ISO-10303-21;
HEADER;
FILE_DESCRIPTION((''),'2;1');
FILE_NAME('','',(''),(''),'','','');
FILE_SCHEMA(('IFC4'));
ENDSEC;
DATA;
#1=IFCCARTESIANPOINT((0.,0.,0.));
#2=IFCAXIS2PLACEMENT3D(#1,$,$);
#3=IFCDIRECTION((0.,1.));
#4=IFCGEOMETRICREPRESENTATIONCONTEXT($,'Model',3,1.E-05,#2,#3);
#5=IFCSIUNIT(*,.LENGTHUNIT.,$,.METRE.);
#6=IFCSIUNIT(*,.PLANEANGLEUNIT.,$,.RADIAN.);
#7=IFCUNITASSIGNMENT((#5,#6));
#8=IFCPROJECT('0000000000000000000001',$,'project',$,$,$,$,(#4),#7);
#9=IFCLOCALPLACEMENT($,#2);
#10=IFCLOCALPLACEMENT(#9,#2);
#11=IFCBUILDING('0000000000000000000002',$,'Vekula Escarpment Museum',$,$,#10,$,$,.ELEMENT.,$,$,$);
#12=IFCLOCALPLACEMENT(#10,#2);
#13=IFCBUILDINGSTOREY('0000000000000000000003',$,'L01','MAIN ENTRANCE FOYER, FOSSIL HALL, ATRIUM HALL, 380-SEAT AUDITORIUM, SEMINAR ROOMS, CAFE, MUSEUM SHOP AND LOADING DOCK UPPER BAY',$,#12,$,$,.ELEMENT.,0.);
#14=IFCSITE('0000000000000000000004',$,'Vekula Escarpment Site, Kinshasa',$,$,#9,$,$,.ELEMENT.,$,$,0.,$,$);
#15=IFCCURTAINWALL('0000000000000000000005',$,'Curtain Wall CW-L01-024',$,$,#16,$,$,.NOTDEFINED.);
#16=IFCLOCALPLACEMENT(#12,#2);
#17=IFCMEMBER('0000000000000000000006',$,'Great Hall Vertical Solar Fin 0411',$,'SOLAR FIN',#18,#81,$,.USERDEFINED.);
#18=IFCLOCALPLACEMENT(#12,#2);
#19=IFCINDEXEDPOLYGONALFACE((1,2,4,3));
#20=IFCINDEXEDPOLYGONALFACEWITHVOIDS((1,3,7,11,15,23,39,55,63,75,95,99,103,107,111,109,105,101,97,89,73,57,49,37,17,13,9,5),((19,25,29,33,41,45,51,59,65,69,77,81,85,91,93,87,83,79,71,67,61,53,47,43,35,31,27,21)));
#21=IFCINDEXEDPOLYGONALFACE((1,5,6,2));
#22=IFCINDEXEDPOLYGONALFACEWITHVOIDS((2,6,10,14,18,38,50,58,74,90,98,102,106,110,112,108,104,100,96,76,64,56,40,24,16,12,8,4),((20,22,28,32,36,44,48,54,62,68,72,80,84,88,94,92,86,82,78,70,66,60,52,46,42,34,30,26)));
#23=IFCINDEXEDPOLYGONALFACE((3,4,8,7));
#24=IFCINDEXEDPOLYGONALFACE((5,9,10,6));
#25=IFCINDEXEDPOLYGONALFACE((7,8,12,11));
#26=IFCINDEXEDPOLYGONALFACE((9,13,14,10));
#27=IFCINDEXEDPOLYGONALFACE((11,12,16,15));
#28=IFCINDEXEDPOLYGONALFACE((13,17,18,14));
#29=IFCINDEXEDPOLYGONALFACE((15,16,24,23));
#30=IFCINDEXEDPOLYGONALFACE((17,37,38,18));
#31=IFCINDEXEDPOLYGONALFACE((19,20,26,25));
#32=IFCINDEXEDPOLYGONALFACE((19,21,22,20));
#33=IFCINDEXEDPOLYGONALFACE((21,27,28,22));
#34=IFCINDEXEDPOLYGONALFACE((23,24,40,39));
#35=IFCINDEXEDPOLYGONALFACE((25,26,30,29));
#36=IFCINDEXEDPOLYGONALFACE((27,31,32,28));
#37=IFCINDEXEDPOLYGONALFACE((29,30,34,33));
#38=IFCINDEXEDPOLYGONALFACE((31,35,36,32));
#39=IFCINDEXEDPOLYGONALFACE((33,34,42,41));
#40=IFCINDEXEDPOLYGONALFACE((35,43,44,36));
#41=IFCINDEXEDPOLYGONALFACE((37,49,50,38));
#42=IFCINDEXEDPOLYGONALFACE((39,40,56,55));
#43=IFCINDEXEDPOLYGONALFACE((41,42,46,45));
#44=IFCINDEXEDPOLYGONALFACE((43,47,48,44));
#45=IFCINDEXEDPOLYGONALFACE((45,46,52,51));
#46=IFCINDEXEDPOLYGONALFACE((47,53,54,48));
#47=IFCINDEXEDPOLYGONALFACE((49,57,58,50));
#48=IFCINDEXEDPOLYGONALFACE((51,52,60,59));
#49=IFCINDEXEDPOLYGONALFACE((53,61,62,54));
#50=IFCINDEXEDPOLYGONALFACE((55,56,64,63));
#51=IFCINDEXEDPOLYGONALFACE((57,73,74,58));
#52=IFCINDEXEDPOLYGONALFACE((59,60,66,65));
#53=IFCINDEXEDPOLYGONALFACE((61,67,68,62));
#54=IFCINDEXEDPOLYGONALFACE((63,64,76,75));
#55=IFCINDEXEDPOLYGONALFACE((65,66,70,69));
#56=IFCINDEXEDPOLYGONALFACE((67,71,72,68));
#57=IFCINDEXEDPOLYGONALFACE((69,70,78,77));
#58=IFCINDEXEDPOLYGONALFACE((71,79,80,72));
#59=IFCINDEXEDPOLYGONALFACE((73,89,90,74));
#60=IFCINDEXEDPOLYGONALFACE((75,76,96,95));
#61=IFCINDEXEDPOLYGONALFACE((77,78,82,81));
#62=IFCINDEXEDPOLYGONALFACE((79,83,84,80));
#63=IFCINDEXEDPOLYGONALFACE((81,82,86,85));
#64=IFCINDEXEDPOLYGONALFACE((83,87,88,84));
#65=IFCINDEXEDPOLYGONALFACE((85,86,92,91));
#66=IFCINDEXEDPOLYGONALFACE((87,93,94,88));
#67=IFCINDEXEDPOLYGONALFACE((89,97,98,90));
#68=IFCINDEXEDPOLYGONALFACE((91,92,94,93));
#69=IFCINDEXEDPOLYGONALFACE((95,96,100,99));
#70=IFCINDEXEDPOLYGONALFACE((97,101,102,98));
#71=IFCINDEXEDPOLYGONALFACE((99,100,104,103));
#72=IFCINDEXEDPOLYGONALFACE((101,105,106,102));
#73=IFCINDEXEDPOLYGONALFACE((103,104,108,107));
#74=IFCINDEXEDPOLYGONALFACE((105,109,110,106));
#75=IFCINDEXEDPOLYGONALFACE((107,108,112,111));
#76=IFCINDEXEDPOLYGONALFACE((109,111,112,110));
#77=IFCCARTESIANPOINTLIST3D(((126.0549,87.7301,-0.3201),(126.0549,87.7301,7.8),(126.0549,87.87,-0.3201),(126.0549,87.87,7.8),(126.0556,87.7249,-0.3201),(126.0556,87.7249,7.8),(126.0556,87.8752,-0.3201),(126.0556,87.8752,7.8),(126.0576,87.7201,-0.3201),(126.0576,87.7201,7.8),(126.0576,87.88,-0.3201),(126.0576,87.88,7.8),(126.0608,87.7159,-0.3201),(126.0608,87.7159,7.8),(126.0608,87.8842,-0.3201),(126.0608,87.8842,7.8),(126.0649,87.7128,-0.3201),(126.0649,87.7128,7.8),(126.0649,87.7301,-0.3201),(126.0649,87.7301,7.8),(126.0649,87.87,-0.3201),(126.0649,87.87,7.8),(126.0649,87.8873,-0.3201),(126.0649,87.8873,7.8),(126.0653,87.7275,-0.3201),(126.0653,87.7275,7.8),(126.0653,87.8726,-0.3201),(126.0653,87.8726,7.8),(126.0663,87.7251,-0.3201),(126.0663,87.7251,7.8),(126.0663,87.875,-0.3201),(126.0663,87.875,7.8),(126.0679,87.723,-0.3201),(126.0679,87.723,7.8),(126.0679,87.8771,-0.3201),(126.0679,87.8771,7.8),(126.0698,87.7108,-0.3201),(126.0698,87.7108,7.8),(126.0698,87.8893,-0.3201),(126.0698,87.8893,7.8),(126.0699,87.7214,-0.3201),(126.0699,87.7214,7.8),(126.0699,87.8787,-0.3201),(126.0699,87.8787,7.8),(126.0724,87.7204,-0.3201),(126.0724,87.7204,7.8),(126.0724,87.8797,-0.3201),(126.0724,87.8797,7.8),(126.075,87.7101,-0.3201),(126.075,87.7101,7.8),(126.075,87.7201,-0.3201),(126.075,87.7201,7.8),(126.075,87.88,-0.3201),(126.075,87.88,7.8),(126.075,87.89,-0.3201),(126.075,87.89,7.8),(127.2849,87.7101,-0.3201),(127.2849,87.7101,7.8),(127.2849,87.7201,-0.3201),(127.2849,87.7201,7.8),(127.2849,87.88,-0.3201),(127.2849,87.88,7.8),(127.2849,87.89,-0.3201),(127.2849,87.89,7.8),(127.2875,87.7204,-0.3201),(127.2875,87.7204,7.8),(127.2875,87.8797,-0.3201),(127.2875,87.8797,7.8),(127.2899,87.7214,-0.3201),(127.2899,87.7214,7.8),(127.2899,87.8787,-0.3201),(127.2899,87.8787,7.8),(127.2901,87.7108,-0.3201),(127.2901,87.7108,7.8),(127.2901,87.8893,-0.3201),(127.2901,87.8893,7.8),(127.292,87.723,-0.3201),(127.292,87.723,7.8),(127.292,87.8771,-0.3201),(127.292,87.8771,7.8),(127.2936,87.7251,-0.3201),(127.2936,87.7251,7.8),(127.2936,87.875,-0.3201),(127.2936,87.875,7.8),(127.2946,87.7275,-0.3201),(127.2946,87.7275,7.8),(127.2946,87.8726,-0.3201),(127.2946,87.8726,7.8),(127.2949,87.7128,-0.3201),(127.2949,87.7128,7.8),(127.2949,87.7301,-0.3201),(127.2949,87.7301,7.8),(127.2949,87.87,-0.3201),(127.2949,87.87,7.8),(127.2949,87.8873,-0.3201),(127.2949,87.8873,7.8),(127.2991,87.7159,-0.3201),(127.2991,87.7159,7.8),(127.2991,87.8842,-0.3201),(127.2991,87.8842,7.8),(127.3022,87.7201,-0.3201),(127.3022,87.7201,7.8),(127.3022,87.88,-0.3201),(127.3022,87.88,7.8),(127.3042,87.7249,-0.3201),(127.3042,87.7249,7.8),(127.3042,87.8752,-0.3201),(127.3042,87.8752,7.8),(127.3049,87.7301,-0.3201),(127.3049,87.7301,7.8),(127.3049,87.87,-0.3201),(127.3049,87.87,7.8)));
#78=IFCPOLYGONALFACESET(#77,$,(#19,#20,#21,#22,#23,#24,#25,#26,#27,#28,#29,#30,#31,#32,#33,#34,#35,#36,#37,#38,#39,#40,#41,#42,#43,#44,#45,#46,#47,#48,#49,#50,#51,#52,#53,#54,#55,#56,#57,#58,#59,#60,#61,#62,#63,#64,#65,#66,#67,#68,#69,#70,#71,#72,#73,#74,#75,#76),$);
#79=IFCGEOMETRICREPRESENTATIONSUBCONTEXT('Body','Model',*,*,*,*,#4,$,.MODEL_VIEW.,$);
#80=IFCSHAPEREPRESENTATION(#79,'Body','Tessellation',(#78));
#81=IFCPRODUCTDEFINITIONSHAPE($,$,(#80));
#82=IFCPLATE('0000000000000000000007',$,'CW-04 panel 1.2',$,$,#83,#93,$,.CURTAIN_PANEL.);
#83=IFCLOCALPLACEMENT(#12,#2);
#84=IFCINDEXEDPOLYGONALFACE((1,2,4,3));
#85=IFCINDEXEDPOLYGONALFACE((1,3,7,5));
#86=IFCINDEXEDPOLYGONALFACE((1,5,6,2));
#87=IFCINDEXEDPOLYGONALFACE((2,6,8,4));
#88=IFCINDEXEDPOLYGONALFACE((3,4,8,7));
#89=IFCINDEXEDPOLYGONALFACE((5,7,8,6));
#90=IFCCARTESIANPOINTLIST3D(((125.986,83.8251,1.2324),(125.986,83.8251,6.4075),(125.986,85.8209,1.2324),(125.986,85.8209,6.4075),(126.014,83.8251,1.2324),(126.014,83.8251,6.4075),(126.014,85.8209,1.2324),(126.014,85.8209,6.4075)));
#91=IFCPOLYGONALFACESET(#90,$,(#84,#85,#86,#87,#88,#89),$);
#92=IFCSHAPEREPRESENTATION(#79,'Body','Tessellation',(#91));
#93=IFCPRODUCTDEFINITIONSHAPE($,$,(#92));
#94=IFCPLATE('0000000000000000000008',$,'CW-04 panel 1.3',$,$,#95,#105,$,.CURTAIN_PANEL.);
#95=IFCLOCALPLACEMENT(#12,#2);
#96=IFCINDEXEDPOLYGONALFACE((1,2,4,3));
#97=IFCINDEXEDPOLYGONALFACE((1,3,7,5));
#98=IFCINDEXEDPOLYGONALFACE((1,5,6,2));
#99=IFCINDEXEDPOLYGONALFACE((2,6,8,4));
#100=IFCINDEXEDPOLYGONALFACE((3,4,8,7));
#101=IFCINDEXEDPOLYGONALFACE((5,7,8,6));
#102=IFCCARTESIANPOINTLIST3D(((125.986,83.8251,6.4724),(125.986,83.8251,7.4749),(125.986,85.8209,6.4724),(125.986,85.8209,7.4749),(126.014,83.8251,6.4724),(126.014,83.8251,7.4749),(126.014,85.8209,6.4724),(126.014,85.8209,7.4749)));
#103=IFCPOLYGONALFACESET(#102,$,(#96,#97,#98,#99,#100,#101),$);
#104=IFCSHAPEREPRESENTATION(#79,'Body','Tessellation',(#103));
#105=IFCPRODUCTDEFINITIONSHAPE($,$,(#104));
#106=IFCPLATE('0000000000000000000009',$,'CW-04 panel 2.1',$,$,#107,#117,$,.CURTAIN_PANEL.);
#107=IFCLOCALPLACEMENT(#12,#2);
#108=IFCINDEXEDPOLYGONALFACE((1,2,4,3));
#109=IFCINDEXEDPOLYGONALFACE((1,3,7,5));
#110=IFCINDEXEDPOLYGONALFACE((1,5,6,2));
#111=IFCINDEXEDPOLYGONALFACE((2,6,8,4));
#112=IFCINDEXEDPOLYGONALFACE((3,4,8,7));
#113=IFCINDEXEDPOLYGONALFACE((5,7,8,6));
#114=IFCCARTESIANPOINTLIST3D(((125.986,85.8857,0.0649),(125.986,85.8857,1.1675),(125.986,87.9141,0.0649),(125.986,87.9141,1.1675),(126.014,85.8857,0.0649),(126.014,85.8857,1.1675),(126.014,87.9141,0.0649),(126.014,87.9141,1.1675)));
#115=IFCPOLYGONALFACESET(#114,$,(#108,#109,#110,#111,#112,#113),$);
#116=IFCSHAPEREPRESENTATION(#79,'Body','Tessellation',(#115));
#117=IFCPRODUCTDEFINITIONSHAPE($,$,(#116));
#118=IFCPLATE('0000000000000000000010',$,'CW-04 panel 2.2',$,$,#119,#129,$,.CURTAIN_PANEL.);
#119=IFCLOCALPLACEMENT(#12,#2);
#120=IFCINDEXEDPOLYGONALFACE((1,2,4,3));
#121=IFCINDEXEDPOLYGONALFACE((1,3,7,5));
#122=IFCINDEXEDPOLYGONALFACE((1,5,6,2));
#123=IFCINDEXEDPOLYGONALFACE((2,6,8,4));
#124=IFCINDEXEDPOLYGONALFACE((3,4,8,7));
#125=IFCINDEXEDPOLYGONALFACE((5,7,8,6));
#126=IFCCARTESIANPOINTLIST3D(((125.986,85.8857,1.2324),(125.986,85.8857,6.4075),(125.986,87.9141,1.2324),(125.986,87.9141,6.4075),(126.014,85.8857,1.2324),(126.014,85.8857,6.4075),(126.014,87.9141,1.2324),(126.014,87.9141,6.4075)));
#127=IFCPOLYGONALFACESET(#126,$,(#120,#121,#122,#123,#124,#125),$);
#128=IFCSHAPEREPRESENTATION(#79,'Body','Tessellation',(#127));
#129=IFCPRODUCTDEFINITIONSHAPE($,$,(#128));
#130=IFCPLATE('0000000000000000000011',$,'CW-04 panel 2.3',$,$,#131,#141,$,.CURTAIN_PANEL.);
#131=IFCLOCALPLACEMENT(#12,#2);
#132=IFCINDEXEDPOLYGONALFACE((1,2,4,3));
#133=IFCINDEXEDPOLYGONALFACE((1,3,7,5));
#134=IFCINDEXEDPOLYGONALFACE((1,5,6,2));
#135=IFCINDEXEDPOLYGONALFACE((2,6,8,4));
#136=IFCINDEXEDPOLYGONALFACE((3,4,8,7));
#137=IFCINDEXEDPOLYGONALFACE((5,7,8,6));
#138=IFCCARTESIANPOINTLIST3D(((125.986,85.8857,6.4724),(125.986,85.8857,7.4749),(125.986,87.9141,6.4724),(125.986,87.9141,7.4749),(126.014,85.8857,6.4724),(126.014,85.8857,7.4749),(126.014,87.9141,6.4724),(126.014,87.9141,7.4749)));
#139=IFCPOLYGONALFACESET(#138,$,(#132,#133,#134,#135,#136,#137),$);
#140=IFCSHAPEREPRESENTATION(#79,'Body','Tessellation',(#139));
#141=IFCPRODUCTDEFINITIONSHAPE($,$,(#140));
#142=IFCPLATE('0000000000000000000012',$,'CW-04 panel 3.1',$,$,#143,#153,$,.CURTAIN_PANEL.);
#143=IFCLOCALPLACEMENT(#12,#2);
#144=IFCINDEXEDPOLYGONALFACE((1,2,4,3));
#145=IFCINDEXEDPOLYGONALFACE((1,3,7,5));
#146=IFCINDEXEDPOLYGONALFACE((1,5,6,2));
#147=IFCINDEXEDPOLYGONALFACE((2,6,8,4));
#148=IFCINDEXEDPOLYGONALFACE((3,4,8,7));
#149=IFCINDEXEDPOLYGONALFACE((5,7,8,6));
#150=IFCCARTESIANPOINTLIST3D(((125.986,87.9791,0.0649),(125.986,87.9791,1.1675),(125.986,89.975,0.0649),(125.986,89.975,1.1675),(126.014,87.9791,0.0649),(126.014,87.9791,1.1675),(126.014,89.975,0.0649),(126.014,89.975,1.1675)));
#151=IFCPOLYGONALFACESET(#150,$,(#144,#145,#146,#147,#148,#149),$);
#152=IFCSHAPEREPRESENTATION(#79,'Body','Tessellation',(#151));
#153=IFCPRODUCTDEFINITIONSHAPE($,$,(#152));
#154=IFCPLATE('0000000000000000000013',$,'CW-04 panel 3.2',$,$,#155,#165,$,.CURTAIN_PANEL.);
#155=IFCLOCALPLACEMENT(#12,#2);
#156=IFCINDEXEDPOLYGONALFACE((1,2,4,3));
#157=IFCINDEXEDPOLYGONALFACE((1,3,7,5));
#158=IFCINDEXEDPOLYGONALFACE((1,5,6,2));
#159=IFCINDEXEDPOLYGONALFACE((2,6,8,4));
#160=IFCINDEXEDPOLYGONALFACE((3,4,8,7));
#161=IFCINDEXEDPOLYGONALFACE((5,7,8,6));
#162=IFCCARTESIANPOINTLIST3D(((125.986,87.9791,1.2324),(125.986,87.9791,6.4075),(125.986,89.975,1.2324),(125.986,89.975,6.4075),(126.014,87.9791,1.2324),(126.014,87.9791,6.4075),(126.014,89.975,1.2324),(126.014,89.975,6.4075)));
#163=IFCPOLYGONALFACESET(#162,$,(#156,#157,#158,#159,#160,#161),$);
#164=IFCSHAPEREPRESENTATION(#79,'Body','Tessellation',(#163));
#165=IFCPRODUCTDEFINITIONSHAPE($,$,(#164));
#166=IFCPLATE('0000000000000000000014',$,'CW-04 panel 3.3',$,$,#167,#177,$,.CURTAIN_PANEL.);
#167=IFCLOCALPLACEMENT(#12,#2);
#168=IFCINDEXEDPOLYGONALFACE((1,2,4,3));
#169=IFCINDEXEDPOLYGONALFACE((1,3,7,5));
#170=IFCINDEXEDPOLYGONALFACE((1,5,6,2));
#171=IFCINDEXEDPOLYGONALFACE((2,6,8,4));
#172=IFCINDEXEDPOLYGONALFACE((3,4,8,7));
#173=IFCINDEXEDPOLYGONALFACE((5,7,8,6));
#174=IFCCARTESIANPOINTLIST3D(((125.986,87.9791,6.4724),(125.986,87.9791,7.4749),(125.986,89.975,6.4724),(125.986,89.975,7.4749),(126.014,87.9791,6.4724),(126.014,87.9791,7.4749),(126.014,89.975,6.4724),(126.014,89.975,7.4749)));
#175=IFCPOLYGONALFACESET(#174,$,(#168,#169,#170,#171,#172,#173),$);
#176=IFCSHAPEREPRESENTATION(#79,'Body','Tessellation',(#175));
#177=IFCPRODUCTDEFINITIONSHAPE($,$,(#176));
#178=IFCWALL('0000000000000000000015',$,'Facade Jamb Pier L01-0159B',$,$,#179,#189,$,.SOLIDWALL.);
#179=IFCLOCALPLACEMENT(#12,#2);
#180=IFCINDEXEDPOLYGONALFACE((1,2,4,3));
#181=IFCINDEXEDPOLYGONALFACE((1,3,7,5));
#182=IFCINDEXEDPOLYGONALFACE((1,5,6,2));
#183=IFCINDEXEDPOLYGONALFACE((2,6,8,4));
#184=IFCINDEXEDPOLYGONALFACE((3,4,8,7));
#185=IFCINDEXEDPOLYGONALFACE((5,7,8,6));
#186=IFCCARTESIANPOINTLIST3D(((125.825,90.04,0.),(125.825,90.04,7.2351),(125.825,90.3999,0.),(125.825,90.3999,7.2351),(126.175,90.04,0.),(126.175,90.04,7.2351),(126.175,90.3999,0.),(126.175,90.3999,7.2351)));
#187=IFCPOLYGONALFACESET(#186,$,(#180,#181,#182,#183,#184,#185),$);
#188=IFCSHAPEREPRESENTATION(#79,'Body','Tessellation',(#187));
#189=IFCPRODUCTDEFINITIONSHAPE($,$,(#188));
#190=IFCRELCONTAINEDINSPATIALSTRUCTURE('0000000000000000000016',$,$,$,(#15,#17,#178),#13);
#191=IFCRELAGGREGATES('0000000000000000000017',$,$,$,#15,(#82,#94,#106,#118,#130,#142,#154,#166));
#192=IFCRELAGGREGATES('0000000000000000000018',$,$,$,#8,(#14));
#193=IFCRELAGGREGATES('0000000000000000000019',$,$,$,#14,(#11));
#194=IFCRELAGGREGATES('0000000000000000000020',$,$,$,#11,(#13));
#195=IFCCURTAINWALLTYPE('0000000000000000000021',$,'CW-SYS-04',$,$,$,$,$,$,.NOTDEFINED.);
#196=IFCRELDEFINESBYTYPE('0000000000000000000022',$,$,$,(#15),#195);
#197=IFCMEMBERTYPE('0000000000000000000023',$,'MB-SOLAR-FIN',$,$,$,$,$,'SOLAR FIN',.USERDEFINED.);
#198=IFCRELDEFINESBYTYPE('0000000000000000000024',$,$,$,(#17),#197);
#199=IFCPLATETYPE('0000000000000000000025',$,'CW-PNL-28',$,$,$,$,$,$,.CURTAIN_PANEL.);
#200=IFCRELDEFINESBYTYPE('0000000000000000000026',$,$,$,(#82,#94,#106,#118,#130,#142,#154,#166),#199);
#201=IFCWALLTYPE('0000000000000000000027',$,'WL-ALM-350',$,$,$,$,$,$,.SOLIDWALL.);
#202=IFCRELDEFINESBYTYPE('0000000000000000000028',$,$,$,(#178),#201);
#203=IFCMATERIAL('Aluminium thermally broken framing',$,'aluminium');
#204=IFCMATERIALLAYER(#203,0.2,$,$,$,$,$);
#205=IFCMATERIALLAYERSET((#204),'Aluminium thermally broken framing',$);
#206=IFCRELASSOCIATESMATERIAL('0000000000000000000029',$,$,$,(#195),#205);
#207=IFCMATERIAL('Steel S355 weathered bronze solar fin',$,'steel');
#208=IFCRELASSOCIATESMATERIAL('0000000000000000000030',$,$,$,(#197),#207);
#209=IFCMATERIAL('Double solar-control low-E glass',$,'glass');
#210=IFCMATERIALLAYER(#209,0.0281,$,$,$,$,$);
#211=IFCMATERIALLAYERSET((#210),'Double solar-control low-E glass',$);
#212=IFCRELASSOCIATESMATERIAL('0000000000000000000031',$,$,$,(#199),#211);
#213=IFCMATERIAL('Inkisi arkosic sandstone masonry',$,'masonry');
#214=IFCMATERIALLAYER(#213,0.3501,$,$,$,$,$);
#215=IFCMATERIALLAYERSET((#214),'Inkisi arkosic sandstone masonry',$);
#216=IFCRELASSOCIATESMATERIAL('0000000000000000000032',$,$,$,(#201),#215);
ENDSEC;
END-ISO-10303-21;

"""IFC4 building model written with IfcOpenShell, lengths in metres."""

from ifc_helpers import new_model, si_unit, direction, frame, frame_2d, origin, origin_2d, place, context, subcontext, project, spatial, rectangle, hollow_rectangle, extrude, material, layer, layer_set, material_profile, profile_set, type_object, element, aggregate, save


model = new_model("IFC4")

# Units and contexts
model_context = context("Model", 3, precision=1e-05, world=origin(), true_north=direction((0.0, 1.0)))
body_context = subcontext(model_context, "Body", "Model", "MODEL_VIEW")
ifc_project = project(units=[si_unit("LENGTHUNIT", "METRE"), si_unit("PLANEANGLEUNIT", "RADIAN")], contexts=[model_context])

# Site, building, storey
site_placement = place(None, origin())
site = spatial("IfcSite", under=ifc_project, at=site_placement, Name="Vekula Escarpment Site, Kinshasa", CompositionType="ELEMENT", RefElevation=0.0)
building_placement = place(site_placement, origin())
building = spatial("IfcBuilding", under=site, at=building_placement, Name="Vekula Escarpment Museum", CompositionType="ELEMENT")
storey_placement = place(building_placement, origin())
storey = spatial("IfcBuildingStorey", under=building, at=storey_placement, Name="L01", Description="MAIN ENTRANCE FOYER, FOSSIL HALL, ATRIUM HALL, 380-SEAT AUDITORIUM, SEMINAR ROOMS, CAFE, MUSEUM SHOP AND LOADING DOCK UPPER BAY", CompositionType="ELEMENT", Elevation=0.0)

# Curtain wall
ifc_material_1 = material(Name="Aluminium thermally broken framing", Category="aluminium")
ifc_layer_1 = layer(ifc_material_1, 0.2)
ifc_layer_set_1 = layer_set([ifc_layer_1], Name="Aluminium thermally broken framing")
curtain_wall_type = type_object("IfcCurtainWallType", Name="CW-SYS-04", PredefinedType="NOTDEFINED", material=ifc_layer_set_1)
curtain_wall_placement = place(storey_placement, origin())
curtain_wall = element("IfcCurtainWall", 1, at=curtain_wall_placement, inside=storey, type_object=curtain_wall_type, Name="Curtain Wall CW-L01-024", PredefinedType="NOTDEFINED")

# Member
ifc_material_2 = material(Name="Steel S355 weathered bronze solar fin", Category="steel")
ifc_material_profile_1 = material_profile(ifc_material_2, hollow_rectangle(XDim=0.1799, YDim=1.25, WallThickness=0.01, InnerFilletRadius=0.01, OuterFilletRadius=0.02, at=origin_2d()), Name="RHS 1250x180x10")
ifc_profile_set_1 = profile_set([ifc_material_profile_1], Name="Steel S355 weathered bronze solar fin")
member_type_1 = type_object("IfcMemberType", Name="MB-SOLAR-FIN", ElementType="SOLAR FIN", PredefinedType="USERDEFINED", material=ifc_profile_set_1)
for number, where, z_axis, x_axis, name in (
    (2, (126.6799, 87.8, -0.3201), (0.0, 0.0, 1.0), (0.0, 1.0, 0.0), "Great Hall Vertical Solar Fin 0411"),
):
    element("IfcMember", number, at=place(storey_placement, frame(where, z_axis=z_axis, x_axis=x_axis)), inside=storey, type_object=member_type_1, Name=name, ObjectType="SOLAR FIN", PredefinedType="USERDEFINED", context=body_context, shape_type="SweptSolid", body=[
        extrude(hollow_rectangle(XDim=0.1799, YDim=1.25, WallThickness=0.01, InnerFilletRadius=0.01, OuterFilletRadius=0.02, at=origin_2d()), origin(), (0.0, 0.0, 1.0), 8.1201),
    ])

# Plates
ifc_material_3 = material(Name="Double solar-control low-E glass", Category="glass")
ifc_layer_2 = layer(ifc_material_3, 0.0281)
ifc_layer_set_2 = layer_set([ifc_layer_2], Name="Double solar-control low-E glass")
plate_type = type_object("IfcPlateType", Name="CW-PNL-28", PredefinedType="CURTAIN_PANEL", material=ifc_layer_set_2)
plate_1_placement = place(storey_placement, frame((126.0, 84.823, 1.2324), z_axis=(0.0, 0.0, 1.0), x_axis=(0.0, 1.0, 0.0)))
plate_1 = element("IfcPlate", 3, at=plate_1_placement, type_object=plate_type, Name="CW-04 panel 1.2", PredefinedType="CURTAIN_PANEL", context=body_context, shape_type="SweptSolid", body=[
    extrude(rectangle(XDim=1.9958, YDim=0.0281, at=origin_2d()), origin(), (0.0, 0.0, 1.0), 5.175),
])
plate_2_placement = place(storey_placement, frame((126.0, 84.823, 6.4724), z_axis=(0.0, 0.0, 1.0), x_axis=(0.0, 1.0, 0.0)))
plate_2 = element("IfcPlate", 4, at=plate_2_placement, type_object=plate_type, Name="CW-04 panel 1.3", PredefinedType="CURTAIN_PANEL", context=body_context, shape_type="SweptSolid", body=[
    extrude(rectangle(XDim=1.9958, YDim=0.0281, at=origin_2d()), origin(), (0.0, 0.0, 1.0), 1.0024),
])
plate_3_placement = place(storey_placement, frame((126.0, 86.8999, 0.0649), z_axis=(0.0, 0.0, 1.0), x_axis=(0.0, 1.0, 0.0)))
plate_3 = element("IfcPlate", 5, at=plate_3_placement, type_object=plate_type, Name="CW-04 panel 2.1", PredefinedType="CURTAIN_PANEL", context=body_context, shape_type="SweptSolid", body=[
    extrude(rectangle(XDim=2.0283, YDim=0.0281, at=origin_2d()), origin(), (0.0, 0.0, 1.0), 1.1025),
])
plate_4_placement = place(storey_placement, frame((126.0, 86.8999, 1.2324), z_axis=(0.0, 0.0, 1.0), x_axis=(0.0, 1.0, 0.0)))
plate_4 = element("IfcPlate", 6, at=plate_4_placement, type_object=plate_type, Name="CW-04 panel 2.2", PredefinedType="CURTAIN_PANEL", context=body_context, shape_type="SweptSolid", body=[
    extrude(rectangle(XDim=2.0283, YDim=0.0281, at=origin_2d()), origin(), (0.0, 0.0, 1.0), 5.175),
])
plate_5_placement = place(storey_placement, frame((126.0, 86.8999, 6.4724), z_axis=(0.0, 0.0, 1.0), x_axis=(0.0, 1.0, 0.0)))
plate_5 = element("IfcPlate", 7, at=plate_5_placement, type_object=plate_type, Name="CW-04 panel 2.3", PredefinedType="CURTAIN_PANEL", context=body_context, shape_type="SweptSolid", body=[
    extrude(rectangle(XDim=2.0283, YDim=0.0281, at=origin_2d()), origin(), (0.0, 0.0, 1.0), 1.0024),
])
plate_6_placement = place(storey_placement, frame((126.0, 88.9771, 0.0649), z_axis=(0.0, 0.0, 1.0), x_axis=(0.0, 1.0, 0.0)))
plate_6 = element("IfcPlate", 8, at=plate_6_placement, type_object=plate_type, Name="CW-04 panel 3.1", PredefinedType="CURTAIN_PANEL", context=body_context, shape_type="SweptSolid", body=[
    extrude(rectangle(XDim=1.9958, YDim=0.0281, at=origin_2d()), origin(), (0.0, 0.0, 1.0), 1.1025),
])
plate_7_placement = place(storey_placement, frame((126.0, 88.9771, 1.2324), z_axis=(0.0, 0.0, 1.0), x_axis=(0.0, 1.0, 0.0)))
plate_7 = element("IfcPlate", 9, at=plate_7_placement, type_object=plate_type, Name="CW-04 panel 3.2", PredefinedType="CURTAIN_PANEL", context=body_context, shape_type="SweptSolid", body=[
    extrude(rectangle(XDim=1.9958, YDim=0.0281, at=origin_2d()), origin(), (0.0, 0.0, 1.0), 5.175),
])
plate_8_placement = place(storey_placement, frame((126.0, 88.9771, 6.4724), z_axis=(0.0, 0.0, 1.0), x_axis=(0.0, 1.0, 0.0)))
plate_8 = element("IfcPlate", 10, at=plate_8_placement, type_object=plate_type, Name="CW-04 panel 3.3", PredefinedType="CURTAIN_PANEL", context=body_context, shape_type="SweptSolid", body=[
    extrude(rectangle(XDim=1.9958, YDim=0.0281, at=origin_2d()), origin(), (0.0, 0.0, 1.0), 1.0024),
])
aggregate(curtain_wall, [plate_1, plate_2, plate_3, plate_4, plate_5, plate_6, plate_7, plate_8])

# Wall
ifc_material_4 = material(Name="Inkisi arkosic sandstone masonry", Category="masonry")
ifc_layer_3 = layer(ifc_material_4, 0.3501)
ifc_layer_set_3 = layer_set([ifc_layer_3], Name="Inkisi arkosic sandstone masonry")
wall_type = type_object("IfcWallType", Name="WL-ALM-350", PredefinedType="SOLIDWALL", material=ifc_layer_set_3)
wall_placement = place(storey_placement, frame((126.0, 90.04, 0.0), z_axis=(0.0, 0.0, 1.0), x_axis=(0.0, 1.0, 0.0)))
element("IfcWall", 11, at=wall_placement, inside=storey, type_object=wall_type, Name="Facade Jamb Pier L01-0159B", PredefinedType="SOLIDWALL", context=body_context, shape_type="SweptSolid", body=[
    extrude(rectangle(XDim=0.3599, YDim=0.3501, at=frame_2d((0.1799, 0.0))), origin(), (0.0, 0.0, 1.0), 7.2351),
])

save(model, "model.ifc")
